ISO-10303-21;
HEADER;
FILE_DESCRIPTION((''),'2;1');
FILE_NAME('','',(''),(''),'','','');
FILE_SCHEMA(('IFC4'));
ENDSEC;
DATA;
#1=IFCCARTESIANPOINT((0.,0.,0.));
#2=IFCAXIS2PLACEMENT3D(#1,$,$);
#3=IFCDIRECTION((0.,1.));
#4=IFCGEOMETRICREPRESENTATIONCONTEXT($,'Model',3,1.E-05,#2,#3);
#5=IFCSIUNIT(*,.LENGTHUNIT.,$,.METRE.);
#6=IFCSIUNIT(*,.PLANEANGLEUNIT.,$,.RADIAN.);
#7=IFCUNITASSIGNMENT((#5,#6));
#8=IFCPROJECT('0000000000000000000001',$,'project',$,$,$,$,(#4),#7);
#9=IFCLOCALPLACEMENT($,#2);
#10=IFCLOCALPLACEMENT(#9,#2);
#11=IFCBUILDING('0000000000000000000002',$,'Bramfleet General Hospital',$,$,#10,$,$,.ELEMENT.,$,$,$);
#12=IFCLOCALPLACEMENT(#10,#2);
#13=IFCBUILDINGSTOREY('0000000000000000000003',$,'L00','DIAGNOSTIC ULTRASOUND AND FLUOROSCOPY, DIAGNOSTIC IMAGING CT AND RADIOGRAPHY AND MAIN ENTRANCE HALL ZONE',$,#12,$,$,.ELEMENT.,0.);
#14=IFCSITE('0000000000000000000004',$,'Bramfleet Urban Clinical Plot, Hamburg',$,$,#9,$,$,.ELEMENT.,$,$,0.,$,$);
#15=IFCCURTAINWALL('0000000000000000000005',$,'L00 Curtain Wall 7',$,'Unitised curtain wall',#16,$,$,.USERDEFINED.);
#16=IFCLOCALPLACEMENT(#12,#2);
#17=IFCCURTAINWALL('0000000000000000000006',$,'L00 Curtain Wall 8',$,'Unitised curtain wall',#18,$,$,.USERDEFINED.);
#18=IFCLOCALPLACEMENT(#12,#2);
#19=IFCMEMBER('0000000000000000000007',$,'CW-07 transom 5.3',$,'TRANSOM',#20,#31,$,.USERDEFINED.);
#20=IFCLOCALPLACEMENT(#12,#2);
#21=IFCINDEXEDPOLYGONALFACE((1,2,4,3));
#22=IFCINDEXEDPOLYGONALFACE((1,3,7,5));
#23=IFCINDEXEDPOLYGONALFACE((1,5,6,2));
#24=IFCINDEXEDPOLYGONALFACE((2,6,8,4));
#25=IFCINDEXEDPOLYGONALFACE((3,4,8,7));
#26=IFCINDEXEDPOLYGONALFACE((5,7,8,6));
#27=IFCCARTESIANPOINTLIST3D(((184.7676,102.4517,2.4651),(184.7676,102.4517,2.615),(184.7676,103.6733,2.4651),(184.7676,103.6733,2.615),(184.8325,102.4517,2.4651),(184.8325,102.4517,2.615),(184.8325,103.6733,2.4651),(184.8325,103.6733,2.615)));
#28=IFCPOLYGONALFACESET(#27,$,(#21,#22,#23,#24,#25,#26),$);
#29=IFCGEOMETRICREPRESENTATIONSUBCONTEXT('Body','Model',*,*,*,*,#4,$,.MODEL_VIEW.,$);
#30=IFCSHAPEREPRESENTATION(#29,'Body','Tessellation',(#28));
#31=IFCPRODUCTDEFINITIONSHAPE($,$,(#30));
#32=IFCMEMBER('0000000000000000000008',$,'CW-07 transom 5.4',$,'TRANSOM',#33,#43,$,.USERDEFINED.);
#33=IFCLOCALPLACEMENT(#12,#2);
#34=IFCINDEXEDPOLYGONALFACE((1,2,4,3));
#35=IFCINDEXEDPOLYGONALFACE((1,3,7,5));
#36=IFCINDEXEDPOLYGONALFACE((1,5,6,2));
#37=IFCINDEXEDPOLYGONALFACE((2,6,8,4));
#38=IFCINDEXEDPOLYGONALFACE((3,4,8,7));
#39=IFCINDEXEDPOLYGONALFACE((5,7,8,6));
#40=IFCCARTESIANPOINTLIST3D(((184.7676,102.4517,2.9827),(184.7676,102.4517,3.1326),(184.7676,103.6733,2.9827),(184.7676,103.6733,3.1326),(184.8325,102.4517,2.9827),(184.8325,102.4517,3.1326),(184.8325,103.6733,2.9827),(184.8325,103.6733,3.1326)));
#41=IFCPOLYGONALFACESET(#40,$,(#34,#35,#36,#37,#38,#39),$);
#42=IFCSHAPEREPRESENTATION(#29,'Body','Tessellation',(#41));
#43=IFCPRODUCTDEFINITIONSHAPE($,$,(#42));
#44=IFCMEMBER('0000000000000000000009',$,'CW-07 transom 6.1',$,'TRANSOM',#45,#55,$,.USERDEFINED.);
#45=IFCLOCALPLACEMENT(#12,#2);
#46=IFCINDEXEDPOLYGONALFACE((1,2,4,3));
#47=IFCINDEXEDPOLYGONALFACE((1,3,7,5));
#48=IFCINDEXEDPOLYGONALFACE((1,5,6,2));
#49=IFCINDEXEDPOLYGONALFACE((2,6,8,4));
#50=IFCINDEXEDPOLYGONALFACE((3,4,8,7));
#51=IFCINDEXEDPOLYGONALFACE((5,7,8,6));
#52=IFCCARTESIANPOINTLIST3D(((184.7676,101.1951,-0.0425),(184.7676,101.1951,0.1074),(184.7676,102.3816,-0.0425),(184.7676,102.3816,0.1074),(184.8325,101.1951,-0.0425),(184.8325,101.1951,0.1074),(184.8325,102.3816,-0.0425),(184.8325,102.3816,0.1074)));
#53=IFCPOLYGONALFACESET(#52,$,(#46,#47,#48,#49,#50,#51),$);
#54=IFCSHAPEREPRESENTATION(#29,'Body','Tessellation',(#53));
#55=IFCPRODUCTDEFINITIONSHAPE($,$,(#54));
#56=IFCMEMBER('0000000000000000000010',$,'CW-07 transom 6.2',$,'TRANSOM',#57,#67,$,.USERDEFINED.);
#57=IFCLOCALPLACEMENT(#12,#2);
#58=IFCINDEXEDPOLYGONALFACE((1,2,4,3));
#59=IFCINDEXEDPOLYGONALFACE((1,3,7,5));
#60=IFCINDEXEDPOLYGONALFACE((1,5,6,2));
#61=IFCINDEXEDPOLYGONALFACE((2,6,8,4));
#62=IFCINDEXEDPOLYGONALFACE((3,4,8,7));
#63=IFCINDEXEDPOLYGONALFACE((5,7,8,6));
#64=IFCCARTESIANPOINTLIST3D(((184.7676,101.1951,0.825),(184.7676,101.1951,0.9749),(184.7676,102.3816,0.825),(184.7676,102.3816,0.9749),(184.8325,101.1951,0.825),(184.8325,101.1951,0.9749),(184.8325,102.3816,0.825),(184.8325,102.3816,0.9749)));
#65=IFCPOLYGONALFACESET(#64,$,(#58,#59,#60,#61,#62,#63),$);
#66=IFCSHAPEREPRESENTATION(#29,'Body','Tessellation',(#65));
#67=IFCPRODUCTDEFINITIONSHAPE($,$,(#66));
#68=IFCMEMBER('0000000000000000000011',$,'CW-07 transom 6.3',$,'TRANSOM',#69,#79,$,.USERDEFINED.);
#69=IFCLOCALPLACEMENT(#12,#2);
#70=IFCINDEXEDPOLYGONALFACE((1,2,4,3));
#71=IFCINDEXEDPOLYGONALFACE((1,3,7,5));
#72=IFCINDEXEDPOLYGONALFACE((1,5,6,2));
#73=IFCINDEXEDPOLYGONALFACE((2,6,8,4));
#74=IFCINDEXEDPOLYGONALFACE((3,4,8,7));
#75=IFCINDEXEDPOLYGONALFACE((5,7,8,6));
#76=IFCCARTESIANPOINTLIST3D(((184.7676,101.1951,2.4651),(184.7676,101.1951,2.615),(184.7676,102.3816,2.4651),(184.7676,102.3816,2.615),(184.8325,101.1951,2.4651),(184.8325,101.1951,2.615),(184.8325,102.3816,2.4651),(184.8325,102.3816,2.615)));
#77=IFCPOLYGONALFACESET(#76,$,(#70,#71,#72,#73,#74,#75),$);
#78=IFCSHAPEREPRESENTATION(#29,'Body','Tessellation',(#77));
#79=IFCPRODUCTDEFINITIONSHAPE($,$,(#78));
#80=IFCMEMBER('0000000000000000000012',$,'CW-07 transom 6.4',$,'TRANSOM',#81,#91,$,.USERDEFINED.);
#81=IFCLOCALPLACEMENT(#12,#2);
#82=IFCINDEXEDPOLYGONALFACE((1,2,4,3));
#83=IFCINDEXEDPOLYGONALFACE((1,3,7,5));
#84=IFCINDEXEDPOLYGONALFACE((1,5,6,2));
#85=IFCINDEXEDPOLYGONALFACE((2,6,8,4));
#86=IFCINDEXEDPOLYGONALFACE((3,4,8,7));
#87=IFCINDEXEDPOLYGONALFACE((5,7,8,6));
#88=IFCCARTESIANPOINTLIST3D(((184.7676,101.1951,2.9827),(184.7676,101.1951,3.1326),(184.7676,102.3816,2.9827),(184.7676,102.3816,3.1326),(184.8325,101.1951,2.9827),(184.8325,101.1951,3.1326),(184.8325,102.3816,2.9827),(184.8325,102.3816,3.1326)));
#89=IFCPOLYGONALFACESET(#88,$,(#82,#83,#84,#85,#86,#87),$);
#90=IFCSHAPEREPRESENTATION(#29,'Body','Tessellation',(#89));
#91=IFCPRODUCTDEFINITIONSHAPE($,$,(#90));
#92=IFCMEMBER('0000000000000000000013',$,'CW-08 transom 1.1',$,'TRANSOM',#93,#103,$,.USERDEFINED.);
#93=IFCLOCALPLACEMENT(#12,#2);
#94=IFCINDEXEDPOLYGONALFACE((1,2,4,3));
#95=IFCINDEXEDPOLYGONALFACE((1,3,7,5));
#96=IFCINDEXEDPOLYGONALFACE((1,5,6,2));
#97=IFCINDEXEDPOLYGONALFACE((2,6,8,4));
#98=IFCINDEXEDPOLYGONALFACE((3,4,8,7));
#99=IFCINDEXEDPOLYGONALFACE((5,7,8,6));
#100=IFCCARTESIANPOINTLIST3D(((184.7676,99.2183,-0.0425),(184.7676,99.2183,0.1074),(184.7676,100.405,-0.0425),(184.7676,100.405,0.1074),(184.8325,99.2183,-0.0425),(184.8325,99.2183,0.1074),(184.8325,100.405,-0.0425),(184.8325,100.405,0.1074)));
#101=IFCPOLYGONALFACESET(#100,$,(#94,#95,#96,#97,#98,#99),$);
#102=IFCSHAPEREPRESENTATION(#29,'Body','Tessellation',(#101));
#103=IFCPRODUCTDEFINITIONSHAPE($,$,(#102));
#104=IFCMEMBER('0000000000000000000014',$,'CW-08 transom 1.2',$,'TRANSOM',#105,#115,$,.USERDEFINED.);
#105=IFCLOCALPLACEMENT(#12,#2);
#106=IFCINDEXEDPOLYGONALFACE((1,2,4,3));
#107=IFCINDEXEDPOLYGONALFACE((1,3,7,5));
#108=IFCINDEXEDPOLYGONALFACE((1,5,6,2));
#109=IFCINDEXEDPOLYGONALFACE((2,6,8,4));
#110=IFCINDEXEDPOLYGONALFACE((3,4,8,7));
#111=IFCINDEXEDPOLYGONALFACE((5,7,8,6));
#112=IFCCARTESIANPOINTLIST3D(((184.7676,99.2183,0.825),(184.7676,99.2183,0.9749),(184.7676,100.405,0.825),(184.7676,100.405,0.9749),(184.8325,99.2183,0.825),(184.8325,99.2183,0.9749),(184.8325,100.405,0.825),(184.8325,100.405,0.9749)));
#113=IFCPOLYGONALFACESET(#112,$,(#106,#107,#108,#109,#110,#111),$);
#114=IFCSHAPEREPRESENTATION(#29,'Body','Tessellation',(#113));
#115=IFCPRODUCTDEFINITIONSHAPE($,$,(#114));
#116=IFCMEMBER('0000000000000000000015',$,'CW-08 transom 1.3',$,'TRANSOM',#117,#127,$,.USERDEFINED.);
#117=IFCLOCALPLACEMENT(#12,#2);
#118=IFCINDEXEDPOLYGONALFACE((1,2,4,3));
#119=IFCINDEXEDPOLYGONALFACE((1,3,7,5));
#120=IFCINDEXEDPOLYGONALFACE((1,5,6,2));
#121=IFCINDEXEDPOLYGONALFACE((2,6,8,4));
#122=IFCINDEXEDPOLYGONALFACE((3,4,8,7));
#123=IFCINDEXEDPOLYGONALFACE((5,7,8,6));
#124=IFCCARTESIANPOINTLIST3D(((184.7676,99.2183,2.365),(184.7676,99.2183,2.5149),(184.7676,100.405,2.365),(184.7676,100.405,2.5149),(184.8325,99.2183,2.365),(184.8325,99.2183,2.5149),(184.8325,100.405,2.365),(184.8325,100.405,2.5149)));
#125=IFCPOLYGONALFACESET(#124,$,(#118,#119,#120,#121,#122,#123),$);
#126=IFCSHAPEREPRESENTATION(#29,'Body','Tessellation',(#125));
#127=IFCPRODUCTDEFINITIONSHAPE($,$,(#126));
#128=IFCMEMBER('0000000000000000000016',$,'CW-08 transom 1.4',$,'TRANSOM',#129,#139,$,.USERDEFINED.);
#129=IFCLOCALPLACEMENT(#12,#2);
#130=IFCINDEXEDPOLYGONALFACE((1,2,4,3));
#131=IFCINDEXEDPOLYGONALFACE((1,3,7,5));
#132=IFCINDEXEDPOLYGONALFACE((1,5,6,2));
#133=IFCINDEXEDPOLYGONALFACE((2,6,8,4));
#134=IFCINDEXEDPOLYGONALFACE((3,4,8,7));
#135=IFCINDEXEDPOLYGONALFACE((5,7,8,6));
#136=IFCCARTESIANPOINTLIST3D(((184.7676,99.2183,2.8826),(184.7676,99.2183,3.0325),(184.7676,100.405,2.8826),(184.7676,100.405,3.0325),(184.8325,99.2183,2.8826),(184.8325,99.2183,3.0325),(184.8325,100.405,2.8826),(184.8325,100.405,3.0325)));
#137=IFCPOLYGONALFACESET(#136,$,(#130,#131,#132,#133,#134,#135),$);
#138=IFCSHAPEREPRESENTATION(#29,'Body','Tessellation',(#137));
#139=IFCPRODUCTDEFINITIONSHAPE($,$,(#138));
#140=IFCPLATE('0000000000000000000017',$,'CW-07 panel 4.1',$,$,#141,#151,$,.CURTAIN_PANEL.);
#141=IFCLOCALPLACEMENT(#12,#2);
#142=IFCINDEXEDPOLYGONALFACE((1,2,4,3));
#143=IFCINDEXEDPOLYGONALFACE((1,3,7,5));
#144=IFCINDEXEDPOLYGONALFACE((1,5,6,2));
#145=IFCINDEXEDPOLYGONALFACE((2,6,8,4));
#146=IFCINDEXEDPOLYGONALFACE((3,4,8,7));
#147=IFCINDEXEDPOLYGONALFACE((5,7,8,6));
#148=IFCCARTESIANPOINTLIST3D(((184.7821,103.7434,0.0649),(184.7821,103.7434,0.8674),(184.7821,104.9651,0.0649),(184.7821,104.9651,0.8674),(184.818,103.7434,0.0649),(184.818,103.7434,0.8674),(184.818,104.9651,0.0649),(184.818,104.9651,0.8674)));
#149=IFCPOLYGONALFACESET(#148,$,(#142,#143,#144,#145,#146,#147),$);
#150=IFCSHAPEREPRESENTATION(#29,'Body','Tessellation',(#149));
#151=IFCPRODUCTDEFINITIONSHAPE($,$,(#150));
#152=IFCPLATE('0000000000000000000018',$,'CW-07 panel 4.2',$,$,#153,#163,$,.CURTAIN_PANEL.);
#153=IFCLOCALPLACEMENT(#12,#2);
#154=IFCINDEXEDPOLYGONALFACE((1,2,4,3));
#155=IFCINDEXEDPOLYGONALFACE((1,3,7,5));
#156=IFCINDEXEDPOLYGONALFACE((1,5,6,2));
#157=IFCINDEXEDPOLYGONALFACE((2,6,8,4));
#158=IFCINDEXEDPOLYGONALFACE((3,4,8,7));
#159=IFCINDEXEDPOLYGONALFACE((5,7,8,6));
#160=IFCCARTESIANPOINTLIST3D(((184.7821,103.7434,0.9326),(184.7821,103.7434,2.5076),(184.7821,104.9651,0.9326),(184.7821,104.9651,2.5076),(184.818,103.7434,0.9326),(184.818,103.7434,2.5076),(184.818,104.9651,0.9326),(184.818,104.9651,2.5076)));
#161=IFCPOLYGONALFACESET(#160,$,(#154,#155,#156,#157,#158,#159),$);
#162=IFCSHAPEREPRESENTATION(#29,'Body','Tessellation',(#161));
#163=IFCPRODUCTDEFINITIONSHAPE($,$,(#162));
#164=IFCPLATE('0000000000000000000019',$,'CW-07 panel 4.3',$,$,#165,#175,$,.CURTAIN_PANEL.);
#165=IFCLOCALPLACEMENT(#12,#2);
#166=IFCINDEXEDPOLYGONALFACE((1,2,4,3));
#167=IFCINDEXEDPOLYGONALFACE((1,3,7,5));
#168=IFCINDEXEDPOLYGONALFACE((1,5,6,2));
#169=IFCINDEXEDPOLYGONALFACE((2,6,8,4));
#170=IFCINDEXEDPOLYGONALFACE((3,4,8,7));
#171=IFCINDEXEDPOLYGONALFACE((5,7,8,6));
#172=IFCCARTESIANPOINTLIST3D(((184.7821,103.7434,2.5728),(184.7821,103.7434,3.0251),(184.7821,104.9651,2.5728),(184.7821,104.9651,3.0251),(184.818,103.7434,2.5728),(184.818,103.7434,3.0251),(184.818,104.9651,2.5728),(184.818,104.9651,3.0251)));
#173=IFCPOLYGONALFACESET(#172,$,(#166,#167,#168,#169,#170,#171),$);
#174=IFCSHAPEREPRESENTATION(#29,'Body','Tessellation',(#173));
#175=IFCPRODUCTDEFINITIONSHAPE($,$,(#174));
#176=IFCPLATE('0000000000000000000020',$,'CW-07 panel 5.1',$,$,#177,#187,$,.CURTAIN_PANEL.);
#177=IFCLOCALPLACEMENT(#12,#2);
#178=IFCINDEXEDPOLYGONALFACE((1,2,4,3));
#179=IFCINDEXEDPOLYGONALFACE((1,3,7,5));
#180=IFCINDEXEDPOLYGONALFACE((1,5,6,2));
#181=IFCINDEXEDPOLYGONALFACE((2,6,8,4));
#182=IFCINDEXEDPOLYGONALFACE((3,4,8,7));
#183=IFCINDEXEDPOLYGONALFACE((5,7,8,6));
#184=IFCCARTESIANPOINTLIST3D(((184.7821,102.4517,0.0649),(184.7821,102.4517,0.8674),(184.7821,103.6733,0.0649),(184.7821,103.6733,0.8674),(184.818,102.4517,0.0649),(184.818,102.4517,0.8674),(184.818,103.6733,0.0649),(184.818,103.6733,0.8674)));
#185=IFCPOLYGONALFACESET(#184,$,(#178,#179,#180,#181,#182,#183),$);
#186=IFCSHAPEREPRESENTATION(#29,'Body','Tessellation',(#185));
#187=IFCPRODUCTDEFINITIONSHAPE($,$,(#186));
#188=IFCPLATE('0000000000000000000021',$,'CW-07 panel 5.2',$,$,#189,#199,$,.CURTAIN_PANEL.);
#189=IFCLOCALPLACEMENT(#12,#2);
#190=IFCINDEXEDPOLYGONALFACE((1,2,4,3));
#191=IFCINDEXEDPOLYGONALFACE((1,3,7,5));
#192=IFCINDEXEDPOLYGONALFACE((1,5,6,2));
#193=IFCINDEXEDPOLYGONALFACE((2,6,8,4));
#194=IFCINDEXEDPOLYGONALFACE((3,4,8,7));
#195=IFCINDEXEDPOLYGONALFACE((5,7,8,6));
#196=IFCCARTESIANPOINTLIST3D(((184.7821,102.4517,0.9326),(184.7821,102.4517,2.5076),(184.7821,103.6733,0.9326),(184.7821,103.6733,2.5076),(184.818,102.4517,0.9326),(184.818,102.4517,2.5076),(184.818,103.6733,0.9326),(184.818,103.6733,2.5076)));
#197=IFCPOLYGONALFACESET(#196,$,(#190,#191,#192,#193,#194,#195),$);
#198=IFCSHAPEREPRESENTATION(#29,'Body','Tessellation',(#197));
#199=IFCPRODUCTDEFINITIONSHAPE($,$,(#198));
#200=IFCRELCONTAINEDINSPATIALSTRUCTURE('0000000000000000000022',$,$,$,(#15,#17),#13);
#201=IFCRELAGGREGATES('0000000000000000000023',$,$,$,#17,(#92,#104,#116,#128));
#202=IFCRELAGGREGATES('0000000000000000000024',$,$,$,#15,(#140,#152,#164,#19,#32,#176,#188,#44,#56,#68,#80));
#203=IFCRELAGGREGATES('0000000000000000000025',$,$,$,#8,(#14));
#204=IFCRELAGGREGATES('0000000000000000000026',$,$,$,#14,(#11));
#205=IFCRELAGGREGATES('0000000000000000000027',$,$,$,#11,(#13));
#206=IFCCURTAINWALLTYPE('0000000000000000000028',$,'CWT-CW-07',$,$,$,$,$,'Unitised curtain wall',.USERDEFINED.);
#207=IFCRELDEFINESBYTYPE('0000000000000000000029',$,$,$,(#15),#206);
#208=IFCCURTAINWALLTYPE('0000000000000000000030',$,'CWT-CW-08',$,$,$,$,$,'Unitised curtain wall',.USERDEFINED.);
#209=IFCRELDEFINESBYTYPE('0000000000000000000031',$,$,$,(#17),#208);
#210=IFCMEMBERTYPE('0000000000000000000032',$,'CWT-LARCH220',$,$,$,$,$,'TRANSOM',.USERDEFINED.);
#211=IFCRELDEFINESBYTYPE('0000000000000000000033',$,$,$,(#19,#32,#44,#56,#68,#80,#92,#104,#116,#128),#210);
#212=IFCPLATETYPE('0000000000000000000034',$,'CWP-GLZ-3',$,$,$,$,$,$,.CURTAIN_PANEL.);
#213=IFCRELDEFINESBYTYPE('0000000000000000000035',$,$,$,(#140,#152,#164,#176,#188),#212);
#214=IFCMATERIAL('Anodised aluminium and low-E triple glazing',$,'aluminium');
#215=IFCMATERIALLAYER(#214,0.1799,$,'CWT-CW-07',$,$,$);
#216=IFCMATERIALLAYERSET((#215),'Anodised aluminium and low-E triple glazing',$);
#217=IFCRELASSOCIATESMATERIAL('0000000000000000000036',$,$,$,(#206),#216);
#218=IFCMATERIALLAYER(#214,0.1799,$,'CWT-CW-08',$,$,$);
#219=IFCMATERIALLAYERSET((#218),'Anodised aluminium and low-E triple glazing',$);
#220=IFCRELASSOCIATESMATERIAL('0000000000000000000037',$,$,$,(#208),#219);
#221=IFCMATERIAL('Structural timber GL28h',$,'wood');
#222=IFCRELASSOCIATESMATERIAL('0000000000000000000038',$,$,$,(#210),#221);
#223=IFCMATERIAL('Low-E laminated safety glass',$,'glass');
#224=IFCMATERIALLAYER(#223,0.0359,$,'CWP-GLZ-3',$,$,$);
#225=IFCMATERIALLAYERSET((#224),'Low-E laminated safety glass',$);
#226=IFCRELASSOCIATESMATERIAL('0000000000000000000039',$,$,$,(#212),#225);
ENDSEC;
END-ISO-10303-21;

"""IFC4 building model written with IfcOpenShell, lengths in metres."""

from ifc_helpers import new_model, si_unit, direction, frame, origin, origin_2d, place, context, subcontext, project, spatial, rectangle, extrude, material, layer, layer_set, material_profile, profile_set, type_object, element, aggregate, save


model = new_model("IFC4")

# Units and contexts
model_context = context("Model", 3, precision=1e-05, world=origin(), true_north=direction((0.0, 1.0)))
body_context = subcontext(model_context, "Body", "Model", "MODEL_VIEW")
ifc_project = project(units=[si_unit("LENGTHUNIT", "METRE"), si_unit("PLANEANGLEUNIT", "RADIAN")], contexts=[model_context])

# Site, building, storey
site_placement = place(None, origin())
site = spatial("IfcSite", under=ifc_project, at=site_placement, Name="Bramfleet Urban Clinical Plot, Hamburg", CompositionType="ELEMENT", RefElevation=0.0)
building_placement = place(site_placement, origin())
building = spatial("IfcBuilding", under=site, at=building_placement, Name="Bramfleet General Hospital", CompositionType="ELEMENT")
storey_placement = place(building_placement, origin())
storey = spatial("IfcBuildingStorey", under=building, at=storey_placement, Name="L00", Description="DIAGNOSTIC ULTRASOUND AND FLUOROSCOPY, DIAGNOSTIC IMAGING CT AND RADIOGRAPHY AND MAIN ENTRANCE HALL ZONE", CompositionType="ELEMENT", Elevation=0.0)

# Curtain wall
ifc_material_1 = material(Name="Anodised aluminium and low-E triple glazing", Category="aluminium")
ifc_layer_1 = layer(ifc_material_1, 0.1799, Name="CWT-CW-07")
ifc_layer_set_1 = layer_set([ifc_layer_1], Name="Anodised aluminium and low-E triple glazing")
curtain_wall_type_1 = type_object("IfcCurtainWallType", Name="CWT-CW-07", ElementType="Unitised curtain wall", PredefinedType="USERDEFINED", material=ifc_layer_set_1)
curtain_wall_1_placement = place(storey_placement, origin())
curtain_wall_1 = element("IfcCurtainWall", 1, at=curtain_wall_1_placement, inside=storey, type_object=curtain_wall_type_1, Name="L00 Curtain Wall 7", ObjectType="Unitised curtain wall", PredefinedType="USERDEFINED")
ifc_material_2 = material(Name="Structural timber GL28h", Category="wood")

# Curtain wall
ifc_layer_2 = layer(ifc_material_1, 0.1799, Name="CWT-CW-08")
ifc_layer_set_2 = layer_set([ifc_layer_2], Name="Anodised aluminium and low-E triple glazing")
curtain_wall_type_2 = type_object("IfcCurtainWallType", Name="CWT-CW-08", ElementType="Unitised curtain wall", PredefinedType="USERDEFINED", material=ifc_layer_set_2)
curtain_wall_2_placement = place(storey_placement, origin())
curtain_wall_2 = element("IfcCurtainWall", 2, at=curtain_wall_2_placement, inside=storey, type_object=curtain_wall_type_2, Name="L00 Curtain Wall 8", ObjectType="Unitised curtain wall", PredefinedType="USERDEFINED")

# Members
ifc_material_profile_1 = material_profile(ifc_material_2, rectangle(XDim=0.0649, YDim=0.1499, at=origin_2d()), Name="LARCH 150x65")
ifc_profile_set_1 = profile_set([ifc_material_profile_1], Name="Structural timber GL28h")
member_type_1 = type_object("IfcMemberType", Name="CWT-LARCH220", ElementType="TRANSOM", PredefinedType="USERDEFINED", material=ifc_profile_set_1)
member_1_placement = place(storey_placement, frame((184.8, 103.6733, 2.54), z_axis=(0.0, -1.0, 0.0), x_axis=(1.0, 0.0, 0.0)))
member_1 = element("IfcMember", 3, at=member_1_placement, type_object=member_type_1, Name="CW-07 transom 5.3", ObjectType="TRANSOM", PredefinedType="USERDEFINED", context=body_context, shape_type="SweptSolid", body=[
    extrude(rectangle(XDim=0.0649, YDim=0.1499, at=origin_2d()), origin(), (0.0, 0.0, 1.0), 1.2217),
])
member_2_placement = place(storey_placement, frame((184.8, 103.6733, 3.0576), z_axis=(0.0, -1.0, 0.0), x_axis=(1.0, 0.0, 0.0)))
member_2 = element("IfcMember", 4, at=member_2_placement, type_object=member_type_1, Name="CW-07 transom 5.4", ObjectType="TRANSOM", PredefinedType="USERDEFINED", context=body_context, shape_type="SweptSolid", body=[
    extrude(rectangle(XDim=0.0649, YDim=0.1499, at=origin_2d()), origin(), (0.0, 0.0, 1.0), 1.2217),
])
member_3_placement = place(storey_placement, frame((184.8, 102.3816, 0.0325), z_axis=(0.0, -1.0, 0.0), x_axis=(1.0, 0.0, 0.0)))
member_3 = element("IfcMember", 5, at=member_3_placement, type_object=member_type_1, Name="CW-07 transom 6.1", ObjectType="TRANSOM", PredefinedType="USERDEFINED", context=body_context, shape_type="SweptSolid", body=[
    extrude(rectangle(XDim=0.0649, YDim=0.1499, at=origin_2d()), origin(), (0.0, 0.0, 1.0), 1.1865),
])
member_4_placement = place(storey_placement, frame((184.8, 102.3816, 0.8999), z_axis=(0.0, -1.0, 0.0), x_axis=(1.0, 0.0, 0.0)))
member_4 = element("IfcMember", 6, at=member_4_placement, type_object=member_type_1, Name="CW-07 transom 6.2", ObjectType="TRANSOM", PredefinedType="USERDEFINED", context=body_context, shape_type="SweptSolid", body=[
    extrude(rectangle(XDim=0.0649, YDim=0.1499, at=origin_2d()), origin(), (0.0, 0.0, 1.0), 1.1865),
])
member_5_placement = place(storey_placement, frame((184.8, 102.3816, 2.54), z_axis=(0.0, -1.0, 0.0), x_axis=(1.0, 0.0, 0.0)))
member_5 = element("IfcMember", 7, at=member_5_placement, type_object=member_type_1, Name="CW-07 transom 6.3", ObjectType="TRANSOM", PredefinedType="USERDEFINED", context=body_context, shape_type="SweptSolid", body=[
    extrude(rectangle(XDim=0.0649, YDim=0.1499, at=origin_2d()), origin(), (0.0, 0.0, 1.0), 1.1865),
])
member_6_placement = place(storey_placement, frame((184.8, 102.3816, 3.0576), z_axis=(0.0, -1.0, 0.0), x_axis=(1.0, 0.0, 0.0)))
member_6 = element("IfcMember", 8, at=member_6_placement, type_object=member_type_1, Name="CW-07 transom 6.4", ObjectType="TRANSOM", PredefinedType="USERDEFINED", context=body_context, shape_type="SweptSolid", body=[
    extrude(rectangle(XDim=0.0649, YDim=0.1499, at=origin_2d()), origin(), (0.0, 0.0, 1.0), 1.1865),
])
member_7_placement = place(storey_placement, frame((184.8, 100.405, 0.0325), z_axis=(0.0, -1.0, 0.0), x_axis=(1.0, 0.0, 0.0)))
member_7 = element("IfcMember", 9, at=member_7_placement, type_object=member_type_1, Name="CW-08 transom 1.1", ObjectType="TRANSOM", PredefinedType="USERDEFINED", context=body_context, shape_type="SweptSolid", body=[
    extrude(rectangle(XDim=0.0649, YDim=0.1499, at=origin_2d()), origin(), (0.0, 0.0, 1.0), 1.1868),
])
member_8_placement = place(storey_placement, frame((184.8, 100.405, 0.8999), z_axis=(0.0, -1.0, 0.0), x_axis=(1.0, 0.0, 0.0)))
member_8 = element("IfcMember", 10, at=member_8_placement, type_object=member_type_1, Name="CW-08 transom 1.2", ObjectType="TRANSOM", PredefinedType="USERDEFINED", context=body_context, shape_type="SweptSolid", body=[
    extrude(rectangle(XDim=0.0649, YDim=0.1499, at=origin_2d()), origin(), (0.0, 0.0, 1.0), 1.1868),
])
member_9_placement = place(storey_placement, frame((184.8, 100.405, 2.4399), z_axis=(0.0, -1.0, 0.0), x_axis=(1.0, 0.0, 0.0)))
member_9 = element("IfcMember", 11, at=member_9_placement, type_object=member_type_1, Name="CW-08 transom 1.3", ObjectType="TRANSOM", PredefinedType="USERDEFINED", context=body_context, shape_type="SweptSolid", body=[
    extrude(rectangle(XDim=0.0649, YDim=0.1499, at=origin_2d()), origin(), (0.0, 0.0, 1.0), 1.1868),
])
member_10_placement = place(storey_placement, frame((184.8, 100.405, 2.9575), z_axis=(0.0, -1.0, 0.0), x_axis=(1.0, 0.0, 0.0)))
member_10 = element("IfcMember", 12, at=member_10_placement, type_object=member_type_1, Name="CW-08 transom 1.4", ObjectType="TRANSOM", PredefinedType="USERDEFINED", context=body_context, shape_type="SweptSolid", body=[
    extrude(rectangle(XDim=0.0649, YDim=0.1499, at=origin_2d()), origin(), (0.0, 0.0, 1.0), 1.1868),
])
aggregate(curtain_wall_2, [member_7, member_8, member_9, member_10])

# Plates
ifc_material_3 = material(Name="Low-E laminated safety glass", Category="glass")
ifc_layer_3 = layer(ifc_material_3, 0.0359, Name="CWP-GLZ-3")
ifc_layer_set_3 = layer_set([ifc_layer_3], Name="Low-E laminated safety glass")
plate_type = type_object("IfcPlateType", Name="CWP-GLZ-3", PredefinedType="CURTAIN_PANEL", material=ifc_layer_set_3)
plate_1_placement = place(storey_placement, frame((184.8, 104.3542, 0.0649), z_axis=(0.0, 0.0, 1.0), x_axis=(0.0, -1.0, 0.0)))
plate_1 = element("IfcPlate", 13, at=plate_1_placement, type_object=plate_type, Name="CW-07 panel 4.1", PredefinedType="CURTAIN_PANEL", context=body_context, shape_type="SweptSolid", body=[
    extrude(rectangle(XDim=1.2217, YDim=0.0359, at=origin_2d()), origin(), (0.0, 0.0, 1.0), 0.8025),
])
plate_2_placement = place(storey_placement, frame((184.8, 104.3542, 0.9326), z_axis=(0.0, 0.0, 1.0), x_axis=(0.0, -1.0, 0.0)))
plate_2 = element("IfcPlate", 14, at=plate_2_placement, type_object=plate_type, Name="CW-07 panel 4.2", PredefinedType="CURTAIN_PANEL", context=body_context, shape_type="SweptSolid", body=[
    extrude(rectangle(XDim=1.2217, YDim=0.0359, at=origin_2d()), origin(), (0.0, 0.0, 1.0), 1.575),
])
plate_3_placement = place(storey_placement, frame((184.8, 104.3542, 2.5728), z_axis=(0.0, 0.0, 1.0), x_axis=(0.0, -1.0, 0.0)))
plate_3 = element("IfcPlate", 15, at=plate_3_placement, type_object=plate_type, Name="CW-07 panel 4.3", PredefinedType="CURTAIN_PANEL", context=body_context, shape_type="SweptSolid", body=[
    extrude(rectangle(XDim=1.2217, YDim=0.0359, at=origin_2d()), origin(), (0.0, 0.0, 1.0), 0.4524),
])
plate_4_placement = place(storey_placement, frame((184.8, 103.0625, 0.0649), z_axis=(0.0, 0.0, 1.0), x_axis=(0.0, -1.0, 0.0)))
plate_4 = element("IfcPlate", 16, at=plate_4_placement, type_object=plate_type, Name="CW-07 panel 5.1", PredefinedType="CURTAIN_PANEL", context=body_context, shape_type="SweptSolid", body=[
    extrude(rectangle(XDim=1.2217, YDim=0.0359, at=origin_2d()), origin(), (0.0, 0.0, 1.0), 0.8025),
])
plate_5_placement = place(storey_placement, frame((184.8, 103.0625, 0.9326), z_axis=(0.0, 0.0, 1.0), x_axis=(0.0, -1.0, 0.0)))
plate_5 = element("IfcPlate", 17, at=plate_5_placement, type_object=plate_type, Name="CW-07 panel 5.2", PredefinedType="CURTAIN_PANEL", context=body_context, shape_type="SweptSolid", body=[
    extrude(rectangle(XDim=1.2217, YDim=0.0359, at=origin_2d()), origin(), (0.0, 0.0, 1.0), 1.575),
])
aggregate(curtain_wall_1, [plate_1, plate_2, plate_3, member_1, member_2, plate_4, plate_5, member_3, member_4, member_5, member_6])

save(model, "model.ifc")
